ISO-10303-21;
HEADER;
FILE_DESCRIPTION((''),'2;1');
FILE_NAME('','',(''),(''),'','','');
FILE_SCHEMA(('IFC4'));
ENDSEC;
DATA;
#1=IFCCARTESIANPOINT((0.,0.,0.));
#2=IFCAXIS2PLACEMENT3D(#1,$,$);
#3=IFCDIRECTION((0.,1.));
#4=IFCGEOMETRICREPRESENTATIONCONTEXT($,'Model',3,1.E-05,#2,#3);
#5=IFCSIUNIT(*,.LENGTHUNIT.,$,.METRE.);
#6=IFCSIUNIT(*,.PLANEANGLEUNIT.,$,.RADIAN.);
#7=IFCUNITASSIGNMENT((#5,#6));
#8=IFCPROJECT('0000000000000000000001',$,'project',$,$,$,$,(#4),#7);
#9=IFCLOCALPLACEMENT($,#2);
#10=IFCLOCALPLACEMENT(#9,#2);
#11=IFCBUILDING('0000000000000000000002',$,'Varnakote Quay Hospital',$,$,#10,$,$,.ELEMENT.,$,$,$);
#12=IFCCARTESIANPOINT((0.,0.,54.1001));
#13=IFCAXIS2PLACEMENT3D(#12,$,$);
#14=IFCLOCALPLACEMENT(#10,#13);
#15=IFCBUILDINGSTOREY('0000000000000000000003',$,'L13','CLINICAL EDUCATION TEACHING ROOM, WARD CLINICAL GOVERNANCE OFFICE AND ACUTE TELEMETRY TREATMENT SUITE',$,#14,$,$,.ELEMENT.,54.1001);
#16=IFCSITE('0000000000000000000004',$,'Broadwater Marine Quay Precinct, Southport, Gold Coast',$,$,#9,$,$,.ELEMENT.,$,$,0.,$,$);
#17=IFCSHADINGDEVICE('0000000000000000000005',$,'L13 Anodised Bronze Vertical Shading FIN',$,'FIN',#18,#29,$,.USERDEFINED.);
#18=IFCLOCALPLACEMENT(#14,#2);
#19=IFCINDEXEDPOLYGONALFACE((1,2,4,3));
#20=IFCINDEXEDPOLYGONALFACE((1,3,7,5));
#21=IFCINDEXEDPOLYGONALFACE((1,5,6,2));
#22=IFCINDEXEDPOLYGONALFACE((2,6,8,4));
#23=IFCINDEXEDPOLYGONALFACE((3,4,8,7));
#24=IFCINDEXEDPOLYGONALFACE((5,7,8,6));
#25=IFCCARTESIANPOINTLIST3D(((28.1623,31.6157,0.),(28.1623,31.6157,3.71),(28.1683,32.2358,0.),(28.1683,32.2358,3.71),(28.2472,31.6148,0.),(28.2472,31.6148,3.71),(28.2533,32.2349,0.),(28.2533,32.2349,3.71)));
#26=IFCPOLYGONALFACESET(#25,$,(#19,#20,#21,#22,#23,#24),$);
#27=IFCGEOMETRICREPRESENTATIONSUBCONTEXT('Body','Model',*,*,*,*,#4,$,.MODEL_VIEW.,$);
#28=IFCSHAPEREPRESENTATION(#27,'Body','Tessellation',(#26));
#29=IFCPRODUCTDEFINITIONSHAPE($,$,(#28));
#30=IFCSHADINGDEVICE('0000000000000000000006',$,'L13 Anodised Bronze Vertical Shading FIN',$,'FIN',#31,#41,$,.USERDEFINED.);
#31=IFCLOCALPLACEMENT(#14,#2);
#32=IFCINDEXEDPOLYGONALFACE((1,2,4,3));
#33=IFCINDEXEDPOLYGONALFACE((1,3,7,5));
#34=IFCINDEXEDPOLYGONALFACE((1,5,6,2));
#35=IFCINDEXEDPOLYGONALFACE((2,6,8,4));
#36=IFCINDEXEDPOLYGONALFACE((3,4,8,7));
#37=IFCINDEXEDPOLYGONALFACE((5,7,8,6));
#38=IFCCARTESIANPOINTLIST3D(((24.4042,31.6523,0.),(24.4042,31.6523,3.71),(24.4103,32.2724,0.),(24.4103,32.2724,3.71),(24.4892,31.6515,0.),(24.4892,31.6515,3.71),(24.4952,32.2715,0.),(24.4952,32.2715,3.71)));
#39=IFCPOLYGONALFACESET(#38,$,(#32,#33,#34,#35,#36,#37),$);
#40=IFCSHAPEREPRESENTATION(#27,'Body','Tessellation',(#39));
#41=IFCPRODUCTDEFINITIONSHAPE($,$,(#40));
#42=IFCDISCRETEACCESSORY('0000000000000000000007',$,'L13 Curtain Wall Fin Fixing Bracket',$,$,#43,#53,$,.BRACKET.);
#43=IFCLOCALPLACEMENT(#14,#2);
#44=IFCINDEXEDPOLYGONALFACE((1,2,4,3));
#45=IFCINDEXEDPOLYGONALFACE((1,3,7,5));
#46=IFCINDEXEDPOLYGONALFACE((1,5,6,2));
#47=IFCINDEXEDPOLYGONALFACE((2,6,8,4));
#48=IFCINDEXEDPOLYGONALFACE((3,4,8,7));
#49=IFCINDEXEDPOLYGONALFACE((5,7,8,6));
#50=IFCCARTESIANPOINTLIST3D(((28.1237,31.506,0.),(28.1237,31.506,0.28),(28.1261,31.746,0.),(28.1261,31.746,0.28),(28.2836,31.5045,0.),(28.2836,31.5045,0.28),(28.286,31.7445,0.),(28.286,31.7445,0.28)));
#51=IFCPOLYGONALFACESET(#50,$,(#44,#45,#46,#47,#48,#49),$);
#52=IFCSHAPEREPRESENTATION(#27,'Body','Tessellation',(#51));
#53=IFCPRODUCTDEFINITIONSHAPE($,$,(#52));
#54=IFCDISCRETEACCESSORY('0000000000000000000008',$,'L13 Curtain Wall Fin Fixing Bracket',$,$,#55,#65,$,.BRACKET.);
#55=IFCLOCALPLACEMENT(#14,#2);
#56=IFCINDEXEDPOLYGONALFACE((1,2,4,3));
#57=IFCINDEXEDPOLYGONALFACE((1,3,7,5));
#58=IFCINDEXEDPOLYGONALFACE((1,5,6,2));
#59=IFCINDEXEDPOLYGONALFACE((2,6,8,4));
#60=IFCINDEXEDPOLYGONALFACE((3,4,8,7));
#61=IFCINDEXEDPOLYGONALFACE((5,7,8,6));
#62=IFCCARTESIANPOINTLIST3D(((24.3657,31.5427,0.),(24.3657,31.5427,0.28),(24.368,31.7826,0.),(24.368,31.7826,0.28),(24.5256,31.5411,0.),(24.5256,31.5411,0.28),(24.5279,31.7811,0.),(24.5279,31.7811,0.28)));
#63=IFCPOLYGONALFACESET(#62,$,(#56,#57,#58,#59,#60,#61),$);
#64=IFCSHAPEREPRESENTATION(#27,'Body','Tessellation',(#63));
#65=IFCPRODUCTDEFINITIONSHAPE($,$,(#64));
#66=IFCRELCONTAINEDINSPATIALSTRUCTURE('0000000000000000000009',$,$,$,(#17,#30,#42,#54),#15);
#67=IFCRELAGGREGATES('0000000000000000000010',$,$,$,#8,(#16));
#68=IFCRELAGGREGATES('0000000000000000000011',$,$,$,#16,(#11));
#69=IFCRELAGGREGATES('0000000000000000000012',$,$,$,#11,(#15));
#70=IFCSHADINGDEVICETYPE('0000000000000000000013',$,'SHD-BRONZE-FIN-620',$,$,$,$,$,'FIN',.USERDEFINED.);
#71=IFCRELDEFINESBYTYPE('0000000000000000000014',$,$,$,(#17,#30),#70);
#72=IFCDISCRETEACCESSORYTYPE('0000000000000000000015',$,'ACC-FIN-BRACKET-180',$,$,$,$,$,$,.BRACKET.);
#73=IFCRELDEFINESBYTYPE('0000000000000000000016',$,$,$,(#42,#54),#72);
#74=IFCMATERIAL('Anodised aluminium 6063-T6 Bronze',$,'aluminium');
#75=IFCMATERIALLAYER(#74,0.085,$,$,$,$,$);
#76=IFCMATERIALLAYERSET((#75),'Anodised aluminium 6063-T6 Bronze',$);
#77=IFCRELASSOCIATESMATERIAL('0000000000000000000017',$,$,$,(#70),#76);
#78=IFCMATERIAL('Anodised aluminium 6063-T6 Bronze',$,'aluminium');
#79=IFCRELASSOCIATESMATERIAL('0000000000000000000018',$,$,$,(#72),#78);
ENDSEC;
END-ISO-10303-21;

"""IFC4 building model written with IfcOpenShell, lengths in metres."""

from ifc_helpers import new_model, si_unit, direction, frame, origin, origin_2d, place, context, subcontext, project, spatial, rectangle, extrude, material, layer, layer_set, type_object, element, save


model = new_model("IFC4")

# Units and contexts
model_context = context("Model", 3, precision=1e-05, world=origin(), true_north=direction((0.0, 1.0)))
body_context = subcontext(model_context, "Body", "Model", "MODEL_VIEW")
ifc_project = project(units=[si_unit("LENGTHUNIT", "METRE"), si_unit("PLANEANGLEUNIT", "RADIAN")], contexts=[model_context])

# Site, building, storey
site_placement = place(None, origin())
site = spatial("IfcSite", under=ifc_project, at=site_placement, Name="Broadwater Marine Quay Precinct, Southport, Gold Coast", CompositionType="ELEMENT", RefElevation=0.0)
building_placement = place(site_placement, origin())
building = spatial("IfcBuilding", under=site, at=building_placement, Name="Varnakote Quay Hospital", CompositionType="ELEMENT")
storey_placement = place(building_placement, frame((0.0, 0.0, 54.1001)))
storey = spatial("IfcBuildingStorey", under=building, at=storey_placement, Name="L13", Description="CLINICAL EDUCATION TEACHING ROOM, WARD CLINICAL GOVERNANCE OFFICE AND ACUTE TELEMETRY TREATMENT SUITE", CompositionType="ELEMENT", Elevation=54.1001)

# Shading devices
ifc_material_1 = material(Name="Anodised aluminium 6063-T6 Bronze", Category="aluminium")
ifc_layer_1 = layer(ifc_material_1, 0.085)
ifc_layer_set_1 = layer_set([ifc_layer_1], Name="Anodised aluminium 6063-T6 Bronze")
shading_device_type = type_object("IfcShadingDeviceType", Name="SHD-BRONZE-FIN-620", ElementType="FIN", PredefinedType="USERDEFINED", material=ifc_layer_set_1)
for number, where, z_axis, x_axis, name in (
    (1, (28.2078, 31.9253, 0.0), (0.0, 0.0, 1.0), (-0.009774, -0.999952, 0.0), "L13 Anodised Bronze Vertical Shading FIN"),
    (2, (24.4497, 31.9619, 0.0), (0.0, 0.0, 1.0), (-0.009774, -0.999952, 0.0), "L13 Anodised Bronze Vertical Shading FIN"),
):
    element("IfcShadingDevice", number, at=place(storey_placement, frame(where, z_axis=z_axis, x_axis=x_axis)), inside=storey, type_object=shading_device_type, Name=name, ObjectType="FIN", PredefinedType="USERDEFINED", context=body_context, shape_type="SweptSolid", body=[
        extrude(rectangle(XDim=0.6201, YDim=0.085, at=origin_2d()), origin(), (0.0, 0.0, 1.0), 3.71),
    ])

# Discrete accessories
ifc_material_2 = material(Name="Anodised aluminium 6063-T6 Bronze", Category="aluminium")
discrete_accessory_type = type_object("IfcDiscreteAccessoryType", Name="ACC-FIN-BRACKET-180", PredefinedType="BRACKET", material=ifc_material_2)
for number, where, z_axis, x_axis, name in (
    (3, (28.2048, 31.6252, 0.0), (0.0, 0.0, 1.0), (-0.999952, 0.009774, 0.0), "L13 Curtain Wall Fin Fixing Bracket"),
    (4, (24.4468, 31.6619, 0.0), (0.0, 0.0, 1.0), (-0.999952, 0.009774, 0.0), "L13 Curtain Wall Fin Fixing Bracket"),
):
    element("IfcDiscreteAccessory", number, at=place(storey_placement, frame(where, z_axis=z_axis, x_axis=x_axis)), inside=storey, type_object=discrete_accessory_type, Name=name, PredefinedType="BRACKET", context=body_context, shape_type="SweptSolid", body=[
        extrude(rectangle(XDim=0.1599, YDim=0.24, at=origin_2d()), origin(), (0.0, 0.0, 1.0), 0.28),
    ])

save(model, "model.ifc")
